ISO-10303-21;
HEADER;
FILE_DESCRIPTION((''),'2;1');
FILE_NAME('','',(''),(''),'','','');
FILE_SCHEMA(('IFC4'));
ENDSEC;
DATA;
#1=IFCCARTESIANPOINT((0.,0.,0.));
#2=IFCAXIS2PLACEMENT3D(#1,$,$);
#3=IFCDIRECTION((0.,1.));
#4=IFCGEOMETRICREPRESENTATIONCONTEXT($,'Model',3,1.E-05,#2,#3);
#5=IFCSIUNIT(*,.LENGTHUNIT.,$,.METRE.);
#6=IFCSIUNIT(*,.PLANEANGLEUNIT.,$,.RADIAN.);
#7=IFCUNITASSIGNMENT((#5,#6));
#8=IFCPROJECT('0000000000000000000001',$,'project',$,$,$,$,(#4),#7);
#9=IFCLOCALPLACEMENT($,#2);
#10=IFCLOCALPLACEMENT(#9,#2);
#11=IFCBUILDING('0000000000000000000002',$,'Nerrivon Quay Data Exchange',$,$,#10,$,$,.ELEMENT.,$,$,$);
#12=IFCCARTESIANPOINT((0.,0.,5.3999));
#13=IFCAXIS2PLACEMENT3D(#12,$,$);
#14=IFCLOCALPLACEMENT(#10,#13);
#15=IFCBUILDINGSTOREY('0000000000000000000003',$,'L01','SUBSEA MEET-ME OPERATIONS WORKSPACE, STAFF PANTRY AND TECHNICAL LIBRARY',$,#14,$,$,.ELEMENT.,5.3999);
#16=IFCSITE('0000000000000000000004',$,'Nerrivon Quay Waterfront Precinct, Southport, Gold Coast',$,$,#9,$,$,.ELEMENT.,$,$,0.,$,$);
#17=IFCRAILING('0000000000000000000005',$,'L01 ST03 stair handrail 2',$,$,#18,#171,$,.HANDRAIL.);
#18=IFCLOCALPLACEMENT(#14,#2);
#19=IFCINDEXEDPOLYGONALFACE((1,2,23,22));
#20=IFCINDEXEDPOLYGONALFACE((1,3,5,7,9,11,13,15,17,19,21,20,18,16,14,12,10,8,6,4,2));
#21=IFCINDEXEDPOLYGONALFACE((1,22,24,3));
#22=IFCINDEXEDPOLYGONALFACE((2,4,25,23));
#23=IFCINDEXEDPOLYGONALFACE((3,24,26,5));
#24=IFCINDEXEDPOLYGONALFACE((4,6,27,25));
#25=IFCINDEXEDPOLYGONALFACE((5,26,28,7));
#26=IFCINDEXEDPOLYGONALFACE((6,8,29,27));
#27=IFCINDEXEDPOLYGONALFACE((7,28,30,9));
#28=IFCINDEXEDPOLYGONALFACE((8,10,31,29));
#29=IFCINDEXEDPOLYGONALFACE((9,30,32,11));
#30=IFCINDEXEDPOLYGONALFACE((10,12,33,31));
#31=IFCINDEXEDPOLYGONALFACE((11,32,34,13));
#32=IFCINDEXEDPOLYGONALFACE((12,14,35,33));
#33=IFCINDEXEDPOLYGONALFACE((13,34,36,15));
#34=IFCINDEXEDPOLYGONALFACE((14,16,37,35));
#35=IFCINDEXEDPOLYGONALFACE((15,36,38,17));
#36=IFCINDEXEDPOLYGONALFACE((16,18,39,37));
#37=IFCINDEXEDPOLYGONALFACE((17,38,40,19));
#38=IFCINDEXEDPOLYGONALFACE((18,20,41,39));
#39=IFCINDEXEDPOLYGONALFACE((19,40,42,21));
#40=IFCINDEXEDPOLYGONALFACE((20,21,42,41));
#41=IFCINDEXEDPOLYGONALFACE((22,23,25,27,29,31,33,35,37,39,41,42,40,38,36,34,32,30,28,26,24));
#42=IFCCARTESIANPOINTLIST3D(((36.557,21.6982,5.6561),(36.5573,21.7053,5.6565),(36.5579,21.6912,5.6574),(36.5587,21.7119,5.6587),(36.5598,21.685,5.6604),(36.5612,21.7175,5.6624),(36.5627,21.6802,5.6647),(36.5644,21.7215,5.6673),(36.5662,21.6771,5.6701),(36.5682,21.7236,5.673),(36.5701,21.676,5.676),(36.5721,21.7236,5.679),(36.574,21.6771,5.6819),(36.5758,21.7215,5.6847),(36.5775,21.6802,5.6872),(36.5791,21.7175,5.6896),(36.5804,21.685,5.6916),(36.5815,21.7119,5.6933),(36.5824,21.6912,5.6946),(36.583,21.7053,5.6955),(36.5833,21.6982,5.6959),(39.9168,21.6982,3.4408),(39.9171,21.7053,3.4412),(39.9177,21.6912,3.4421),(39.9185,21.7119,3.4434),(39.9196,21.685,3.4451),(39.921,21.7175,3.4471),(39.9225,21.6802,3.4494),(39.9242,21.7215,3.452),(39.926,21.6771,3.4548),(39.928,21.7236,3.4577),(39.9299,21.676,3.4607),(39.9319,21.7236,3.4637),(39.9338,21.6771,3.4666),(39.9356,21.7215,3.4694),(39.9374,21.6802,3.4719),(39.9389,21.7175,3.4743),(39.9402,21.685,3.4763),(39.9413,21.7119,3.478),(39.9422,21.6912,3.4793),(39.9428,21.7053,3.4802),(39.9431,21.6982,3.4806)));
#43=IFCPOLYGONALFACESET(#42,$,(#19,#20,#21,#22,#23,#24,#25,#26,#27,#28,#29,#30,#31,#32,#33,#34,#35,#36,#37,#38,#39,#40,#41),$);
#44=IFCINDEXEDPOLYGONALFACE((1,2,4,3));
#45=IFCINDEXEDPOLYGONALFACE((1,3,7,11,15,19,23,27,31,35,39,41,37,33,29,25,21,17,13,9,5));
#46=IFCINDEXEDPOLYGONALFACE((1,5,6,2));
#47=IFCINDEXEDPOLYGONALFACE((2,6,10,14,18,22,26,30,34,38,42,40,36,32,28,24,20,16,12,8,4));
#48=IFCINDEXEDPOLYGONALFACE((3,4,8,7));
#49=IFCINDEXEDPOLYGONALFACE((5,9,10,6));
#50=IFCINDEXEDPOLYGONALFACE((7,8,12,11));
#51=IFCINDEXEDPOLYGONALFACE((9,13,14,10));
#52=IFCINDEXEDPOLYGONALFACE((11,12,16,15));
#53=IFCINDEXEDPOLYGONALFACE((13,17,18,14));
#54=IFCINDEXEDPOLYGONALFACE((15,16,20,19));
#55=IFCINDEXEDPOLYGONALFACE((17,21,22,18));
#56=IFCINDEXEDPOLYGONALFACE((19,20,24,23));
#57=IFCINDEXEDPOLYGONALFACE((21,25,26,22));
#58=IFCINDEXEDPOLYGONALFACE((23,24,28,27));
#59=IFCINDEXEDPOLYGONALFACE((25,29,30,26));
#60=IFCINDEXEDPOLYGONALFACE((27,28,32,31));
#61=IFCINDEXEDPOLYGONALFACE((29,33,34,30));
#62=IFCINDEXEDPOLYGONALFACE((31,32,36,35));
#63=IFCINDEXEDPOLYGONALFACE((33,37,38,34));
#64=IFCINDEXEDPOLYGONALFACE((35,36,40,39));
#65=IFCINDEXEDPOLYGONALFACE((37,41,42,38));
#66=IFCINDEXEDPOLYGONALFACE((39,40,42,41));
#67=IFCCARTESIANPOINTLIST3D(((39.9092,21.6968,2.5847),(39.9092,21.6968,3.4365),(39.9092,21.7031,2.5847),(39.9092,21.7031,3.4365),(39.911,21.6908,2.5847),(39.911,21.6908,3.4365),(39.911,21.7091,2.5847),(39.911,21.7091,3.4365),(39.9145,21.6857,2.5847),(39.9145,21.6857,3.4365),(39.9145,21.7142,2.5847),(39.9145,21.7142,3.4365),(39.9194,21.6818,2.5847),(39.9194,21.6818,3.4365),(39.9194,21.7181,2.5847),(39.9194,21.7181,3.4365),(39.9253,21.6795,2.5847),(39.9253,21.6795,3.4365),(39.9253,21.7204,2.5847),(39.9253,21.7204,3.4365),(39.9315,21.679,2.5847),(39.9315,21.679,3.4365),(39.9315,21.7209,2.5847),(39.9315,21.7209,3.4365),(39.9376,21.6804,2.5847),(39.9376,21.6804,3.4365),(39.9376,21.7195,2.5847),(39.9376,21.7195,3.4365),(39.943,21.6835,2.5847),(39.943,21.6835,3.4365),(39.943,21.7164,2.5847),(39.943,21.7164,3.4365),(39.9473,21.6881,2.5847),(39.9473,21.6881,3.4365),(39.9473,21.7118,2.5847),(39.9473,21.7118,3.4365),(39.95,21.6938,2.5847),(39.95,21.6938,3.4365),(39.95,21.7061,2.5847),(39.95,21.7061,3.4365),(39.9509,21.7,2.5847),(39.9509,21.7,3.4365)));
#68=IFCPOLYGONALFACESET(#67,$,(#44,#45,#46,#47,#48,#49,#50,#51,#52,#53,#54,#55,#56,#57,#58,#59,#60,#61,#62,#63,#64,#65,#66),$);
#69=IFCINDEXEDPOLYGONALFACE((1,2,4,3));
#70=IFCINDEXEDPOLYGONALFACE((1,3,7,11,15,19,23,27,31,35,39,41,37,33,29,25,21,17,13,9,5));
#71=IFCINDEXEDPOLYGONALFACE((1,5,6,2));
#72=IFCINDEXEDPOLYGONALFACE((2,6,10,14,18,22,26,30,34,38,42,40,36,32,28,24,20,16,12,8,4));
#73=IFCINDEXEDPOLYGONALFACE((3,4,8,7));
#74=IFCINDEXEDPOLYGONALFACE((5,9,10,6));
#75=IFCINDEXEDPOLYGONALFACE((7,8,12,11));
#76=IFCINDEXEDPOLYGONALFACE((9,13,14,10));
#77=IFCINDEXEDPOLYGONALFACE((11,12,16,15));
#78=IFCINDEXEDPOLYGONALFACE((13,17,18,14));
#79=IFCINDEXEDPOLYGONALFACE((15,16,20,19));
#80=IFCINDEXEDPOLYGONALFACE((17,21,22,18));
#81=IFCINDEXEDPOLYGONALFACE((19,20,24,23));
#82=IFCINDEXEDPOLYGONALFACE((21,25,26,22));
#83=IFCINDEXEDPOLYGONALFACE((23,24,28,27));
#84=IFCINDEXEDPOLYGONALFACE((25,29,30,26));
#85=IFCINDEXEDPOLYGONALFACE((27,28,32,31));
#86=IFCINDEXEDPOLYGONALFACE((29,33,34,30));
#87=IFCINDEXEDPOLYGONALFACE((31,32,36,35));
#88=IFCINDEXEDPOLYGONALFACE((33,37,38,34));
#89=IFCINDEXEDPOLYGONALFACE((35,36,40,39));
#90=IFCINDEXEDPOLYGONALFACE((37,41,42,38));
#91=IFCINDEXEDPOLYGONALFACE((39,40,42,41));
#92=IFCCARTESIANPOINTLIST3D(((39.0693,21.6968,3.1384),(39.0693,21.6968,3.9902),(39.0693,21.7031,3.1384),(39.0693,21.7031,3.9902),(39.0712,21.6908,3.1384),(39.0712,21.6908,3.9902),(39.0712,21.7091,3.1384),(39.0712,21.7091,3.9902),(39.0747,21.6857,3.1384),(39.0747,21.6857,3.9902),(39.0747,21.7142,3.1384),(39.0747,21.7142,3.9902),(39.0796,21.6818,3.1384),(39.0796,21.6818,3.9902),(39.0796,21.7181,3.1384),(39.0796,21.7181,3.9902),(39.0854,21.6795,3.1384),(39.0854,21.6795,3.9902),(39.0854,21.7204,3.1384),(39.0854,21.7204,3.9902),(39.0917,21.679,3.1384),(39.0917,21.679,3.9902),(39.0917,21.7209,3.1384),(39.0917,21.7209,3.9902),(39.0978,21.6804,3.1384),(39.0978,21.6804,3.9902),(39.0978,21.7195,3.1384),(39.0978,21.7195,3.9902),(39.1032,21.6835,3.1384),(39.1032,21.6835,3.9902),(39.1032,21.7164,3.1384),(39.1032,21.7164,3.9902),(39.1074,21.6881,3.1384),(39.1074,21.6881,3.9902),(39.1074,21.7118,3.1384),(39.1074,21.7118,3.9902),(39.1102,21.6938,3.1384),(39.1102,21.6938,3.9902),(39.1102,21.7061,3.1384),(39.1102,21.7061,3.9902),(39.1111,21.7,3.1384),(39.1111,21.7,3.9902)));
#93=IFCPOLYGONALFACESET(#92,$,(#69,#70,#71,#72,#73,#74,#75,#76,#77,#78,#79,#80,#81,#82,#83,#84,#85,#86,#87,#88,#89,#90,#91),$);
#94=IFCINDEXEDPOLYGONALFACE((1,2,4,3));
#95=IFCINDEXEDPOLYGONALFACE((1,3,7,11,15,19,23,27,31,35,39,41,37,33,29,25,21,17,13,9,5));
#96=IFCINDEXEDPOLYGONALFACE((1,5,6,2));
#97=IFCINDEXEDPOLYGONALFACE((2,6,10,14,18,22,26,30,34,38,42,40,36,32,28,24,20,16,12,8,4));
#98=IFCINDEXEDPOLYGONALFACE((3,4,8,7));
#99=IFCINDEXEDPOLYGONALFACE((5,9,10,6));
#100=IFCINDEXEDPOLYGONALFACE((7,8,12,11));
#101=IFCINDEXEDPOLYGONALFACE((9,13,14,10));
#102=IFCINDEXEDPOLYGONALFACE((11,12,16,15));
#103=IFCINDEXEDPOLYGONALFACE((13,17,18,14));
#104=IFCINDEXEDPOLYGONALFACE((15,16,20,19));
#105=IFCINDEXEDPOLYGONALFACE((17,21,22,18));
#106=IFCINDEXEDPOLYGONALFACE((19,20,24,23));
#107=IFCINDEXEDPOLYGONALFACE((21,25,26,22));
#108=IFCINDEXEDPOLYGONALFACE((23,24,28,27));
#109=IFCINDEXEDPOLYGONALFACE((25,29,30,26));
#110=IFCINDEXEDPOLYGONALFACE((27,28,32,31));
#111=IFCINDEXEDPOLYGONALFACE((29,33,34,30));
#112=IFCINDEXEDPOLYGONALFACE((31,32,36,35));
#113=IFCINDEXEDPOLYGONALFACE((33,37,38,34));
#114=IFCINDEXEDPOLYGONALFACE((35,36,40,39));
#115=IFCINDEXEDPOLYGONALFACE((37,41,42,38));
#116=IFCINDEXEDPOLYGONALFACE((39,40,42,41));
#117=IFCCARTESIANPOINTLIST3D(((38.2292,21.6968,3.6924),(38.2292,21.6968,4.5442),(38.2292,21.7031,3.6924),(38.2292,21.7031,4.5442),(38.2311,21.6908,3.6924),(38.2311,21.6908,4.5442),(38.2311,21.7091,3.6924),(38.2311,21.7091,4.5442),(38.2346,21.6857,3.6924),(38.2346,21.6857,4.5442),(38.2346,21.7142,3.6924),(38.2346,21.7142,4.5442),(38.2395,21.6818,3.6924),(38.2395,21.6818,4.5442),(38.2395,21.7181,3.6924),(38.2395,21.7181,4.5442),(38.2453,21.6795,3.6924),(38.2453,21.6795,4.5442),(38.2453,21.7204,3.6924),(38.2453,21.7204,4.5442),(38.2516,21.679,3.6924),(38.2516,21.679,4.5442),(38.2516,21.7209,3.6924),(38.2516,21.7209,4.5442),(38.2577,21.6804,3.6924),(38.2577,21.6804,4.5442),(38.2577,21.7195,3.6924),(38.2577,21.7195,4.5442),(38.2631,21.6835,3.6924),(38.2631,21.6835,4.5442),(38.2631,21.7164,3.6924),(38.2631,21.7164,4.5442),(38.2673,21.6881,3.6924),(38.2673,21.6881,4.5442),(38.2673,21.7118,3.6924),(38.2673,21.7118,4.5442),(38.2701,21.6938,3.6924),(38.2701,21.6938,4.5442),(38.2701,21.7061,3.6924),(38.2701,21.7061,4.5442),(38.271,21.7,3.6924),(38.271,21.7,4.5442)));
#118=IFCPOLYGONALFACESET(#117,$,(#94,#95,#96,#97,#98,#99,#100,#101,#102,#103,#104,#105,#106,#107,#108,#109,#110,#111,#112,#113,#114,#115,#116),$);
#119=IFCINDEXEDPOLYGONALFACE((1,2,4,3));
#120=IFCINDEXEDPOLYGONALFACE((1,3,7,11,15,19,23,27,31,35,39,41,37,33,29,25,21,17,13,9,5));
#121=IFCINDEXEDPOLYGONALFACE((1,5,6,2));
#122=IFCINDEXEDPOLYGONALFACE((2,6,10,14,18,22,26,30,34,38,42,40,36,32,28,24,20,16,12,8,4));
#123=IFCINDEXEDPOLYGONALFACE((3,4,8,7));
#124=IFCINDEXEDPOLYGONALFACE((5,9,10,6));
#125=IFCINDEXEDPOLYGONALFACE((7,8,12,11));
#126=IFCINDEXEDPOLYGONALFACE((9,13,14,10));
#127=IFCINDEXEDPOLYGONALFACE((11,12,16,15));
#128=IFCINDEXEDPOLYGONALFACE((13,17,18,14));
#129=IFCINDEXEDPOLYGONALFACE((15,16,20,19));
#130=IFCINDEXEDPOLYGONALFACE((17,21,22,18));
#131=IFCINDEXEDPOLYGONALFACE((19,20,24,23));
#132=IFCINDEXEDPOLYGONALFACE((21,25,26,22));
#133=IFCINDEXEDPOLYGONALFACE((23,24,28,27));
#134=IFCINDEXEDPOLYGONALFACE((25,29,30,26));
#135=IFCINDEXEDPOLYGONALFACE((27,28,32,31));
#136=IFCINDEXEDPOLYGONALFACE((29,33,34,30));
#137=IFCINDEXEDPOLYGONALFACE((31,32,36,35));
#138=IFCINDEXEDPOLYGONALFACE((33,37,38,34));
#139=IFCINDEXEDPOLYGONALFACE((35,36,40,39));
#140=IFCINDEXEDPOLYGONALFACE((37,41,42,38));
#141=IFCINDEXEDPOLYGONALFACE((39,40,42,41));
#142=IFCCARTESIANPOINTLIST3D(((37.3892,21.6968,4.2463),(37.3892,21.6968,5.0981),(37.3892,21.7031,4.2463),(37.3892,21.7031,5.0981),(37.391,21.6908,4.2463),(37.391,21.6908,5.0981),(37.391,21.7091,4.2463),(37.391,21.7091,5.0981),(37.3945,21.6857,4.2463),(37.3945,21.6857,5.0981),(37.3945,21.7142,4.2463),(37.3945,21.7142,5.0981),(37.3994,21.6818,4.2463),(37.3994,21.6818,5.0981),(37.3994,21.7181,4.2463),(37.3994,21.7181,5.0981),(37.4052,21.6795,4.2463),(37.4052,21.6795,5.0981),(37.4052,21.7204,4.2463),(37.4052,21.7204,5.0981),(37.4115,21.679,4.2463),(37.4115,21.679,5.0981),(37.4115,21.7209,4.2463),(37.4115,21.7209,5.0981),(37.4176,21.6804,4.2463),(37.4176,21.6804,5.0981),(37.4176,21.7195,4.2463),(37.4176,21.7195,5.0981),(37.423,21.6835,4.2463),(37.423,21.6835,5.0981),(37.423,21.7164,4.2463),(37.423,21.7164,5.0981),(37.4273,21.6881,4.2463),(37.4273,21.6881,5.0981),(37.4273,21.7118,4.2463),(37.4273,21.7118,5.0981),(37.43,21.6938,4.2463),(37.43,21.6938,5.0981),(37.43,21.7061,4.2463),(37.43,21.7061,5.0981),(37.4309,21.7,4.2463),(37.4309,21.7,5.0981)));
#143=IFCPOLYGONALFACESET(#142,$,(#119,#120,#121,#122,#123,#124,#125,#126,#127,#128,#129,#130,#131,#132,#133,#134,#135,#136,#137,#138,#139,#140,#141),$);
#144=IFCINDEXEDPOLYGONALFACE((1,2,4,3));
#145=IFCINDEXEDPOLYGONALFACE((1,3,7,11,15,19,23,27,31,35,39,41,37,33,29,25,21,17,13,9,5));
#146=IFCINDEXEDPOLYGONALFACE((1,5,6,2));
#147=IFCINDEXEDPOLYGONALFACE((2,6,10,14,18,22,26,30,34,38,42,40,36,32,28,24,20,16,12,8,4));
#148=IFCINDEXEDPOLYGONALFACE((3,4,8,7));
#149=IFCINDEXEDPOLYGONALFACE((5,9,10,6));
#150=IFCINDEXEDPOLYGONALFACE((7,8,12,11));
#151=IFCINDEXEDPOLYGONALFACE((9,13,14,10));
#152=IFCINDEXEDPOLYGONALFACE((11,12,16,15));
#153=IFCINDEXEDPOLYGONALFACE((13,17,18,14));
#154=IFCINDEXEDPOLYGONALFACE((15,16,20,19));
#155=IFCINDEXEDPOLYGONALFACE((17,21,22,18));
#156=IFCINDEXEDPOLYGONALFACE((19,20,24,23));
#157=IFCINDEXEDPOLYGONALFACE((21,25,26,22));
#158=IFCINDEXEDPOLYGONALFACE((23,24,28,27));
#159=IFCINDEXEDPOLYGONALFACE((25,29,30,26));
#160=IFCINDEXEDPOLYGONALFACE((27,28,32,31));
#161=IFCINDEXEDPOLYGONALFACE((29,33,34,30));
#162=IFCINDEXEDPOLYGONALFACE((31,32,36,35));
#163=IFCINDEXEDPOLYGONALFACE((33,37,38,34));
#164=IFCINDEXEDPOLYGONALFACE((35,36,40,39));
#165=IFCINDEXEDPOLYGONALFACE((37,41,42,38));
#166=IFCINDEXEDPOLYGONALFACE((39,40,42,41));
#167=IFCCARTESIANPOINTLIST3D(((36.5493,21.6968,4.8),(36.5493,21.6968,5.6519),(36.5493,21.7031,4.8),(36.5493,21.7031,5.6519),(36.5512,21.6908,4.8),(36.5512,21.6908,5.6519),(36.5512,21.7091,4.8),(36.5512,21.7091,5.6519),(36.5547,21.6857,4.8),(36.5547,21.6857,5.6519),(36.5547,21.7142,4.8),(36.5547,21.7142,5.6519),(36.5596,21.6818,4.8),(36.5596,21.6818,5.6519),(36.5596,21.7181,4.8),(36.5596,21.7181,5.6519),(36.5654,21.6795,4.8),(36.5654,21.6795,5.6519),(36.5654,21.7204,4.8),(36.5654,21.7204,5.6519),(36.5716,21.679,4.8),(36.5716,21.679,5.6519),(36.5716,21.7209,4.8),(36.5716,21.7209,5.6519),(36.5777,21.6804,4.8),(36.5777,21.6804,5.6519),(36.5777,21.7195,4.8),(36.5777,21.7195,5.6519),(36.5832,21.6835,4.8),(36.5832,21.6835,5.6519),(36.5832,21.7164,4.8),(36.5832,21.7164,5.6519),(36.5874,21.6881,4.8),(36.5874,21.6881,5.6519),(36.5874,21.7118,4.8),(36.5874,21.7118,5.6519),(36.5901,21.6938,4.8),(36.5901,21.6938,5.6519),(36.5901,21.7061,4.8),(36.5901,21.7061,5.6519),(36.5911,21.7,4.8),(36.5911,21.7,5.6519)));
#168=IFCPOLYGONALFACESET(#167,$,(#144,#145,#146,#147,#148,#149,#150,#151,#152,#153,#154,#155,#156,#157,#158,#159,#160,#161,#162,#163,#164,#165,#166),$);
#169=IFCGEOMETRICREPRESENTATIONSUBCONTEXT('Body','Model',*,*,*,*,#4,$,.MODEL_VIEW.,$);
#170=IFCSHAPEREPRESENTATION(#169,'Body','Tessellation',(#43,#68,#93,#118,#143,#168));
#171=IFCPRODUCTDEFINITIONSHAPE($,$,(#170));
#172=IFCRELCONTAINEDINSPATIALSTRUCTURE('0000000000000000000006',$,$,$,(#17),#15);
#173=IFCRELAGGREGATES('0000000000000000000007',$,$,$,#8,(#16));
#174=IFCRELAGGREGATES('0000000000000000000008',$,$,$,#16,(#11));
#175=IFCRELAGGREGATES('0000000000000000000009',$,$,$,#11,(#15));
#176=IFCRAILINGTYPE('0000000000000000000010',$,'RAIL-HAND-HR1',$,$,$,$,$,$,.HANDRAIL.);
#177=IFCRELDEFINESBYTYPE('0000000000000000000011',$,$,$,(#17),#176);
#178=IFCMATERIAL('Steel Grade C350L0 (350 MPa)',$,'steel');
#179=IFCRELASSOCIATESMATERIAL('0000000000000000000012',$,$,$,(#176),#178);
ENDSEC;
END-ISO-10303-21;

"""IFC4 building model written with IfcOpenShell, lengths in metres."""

from ifc_helpers import new_model, si_unit, direction, frame, origin, origin_2d, place, context, subcontext, project, spatial, circle, extrude, material, type_object, element, save


model = new_model("IFC4")

# Units and contexts
model_context = context("Model", 3, precision=1e-05, world=origin(), true_north=direction((0.0, 1.0)))
body_context = subcontext(model_context, "Body", "Model", "MODEL_VIEW")
ifc_project = project(units=[si_unit("LENGTHUNIT", "METRE"), si_unit("PLANEANGLEUNIT", "RADIAN")], contexts=[model_context])

# Site, building, storey
site_placement = place(None, origin())
site = spatial("IfcSite", under=ifc_project, at=site_placement, Name="Nerrivon Quay Waterfront Precinct, Southport, Gold Coast", CompositionType="ELEMENT", RefElevation=0.0)
building_placement = place(site_placement, origin())
building = spatial("IfcBuilding", under=site, at=building_placement, Name="Nerrivon Quay Data Exchange", CompositionType="ELEMENT")
storey_placement = place(building_placement, frame((0.0, 0.0, 5.3999)))
storey = spatial("IfcBuildingStorey", under=building, at=storey_placement, Name="L01", Description="SUBSEA MEET-ME OPERATIONS WORKSPACE, STAFF PANTRY AND TECHNICAL LIBRARY", CompositionType="ELEMENT", Elevation=5.3999)

# Railing
ifc_material_1 = material(Name="Steel Grade C350L0 (350 MPa)", Category="steel")
railing_type_1 = type_object("IfcRailingType", Name="RAIL-HAND-HR1", PredefinedType="HANDRAIL", material=ifc_material_1)
railing_1_placement = place(storey_placement, frame((39.9299, 21.7, 2.5847)))
element("IfcRailing", 1, at=railing_1_placement, inside=storey, type_object=railing_type_1, Name="L01 ST03 stair handrail 2", PredefinedType="HANDRAIL", context=body_context, shape_type="SweptSolid", body=[
    extrude(circle(Radius=0.0239, at=origin_2d()), frame((0.0, 0.0, 0.876), z_axis=(-0.834858, 0.0, 0.550465), x_axis=(0.0, -1.0, 0.0)), (0.0, 0.0, 1.0), 4.0244),
    extrude(circle(Radius=0.021, at=origin_2d()), origin(), (0.0, 0.0, 1.0), 0.8518),
    extrude(circle(Radius=0.021, at=origin_2d()), frame((-0.8398, 0.0, 0.5537)), (0.0, 0.0, 1.0), 0.8518),
    extrude(circle(Radius=0.021, at=origin_2d()), frame((-1.6799, 0.0, 1.1077)), (0.0, 0.0, 1.0), 0.8518),
    extrude(circle(Radius=0.021, at=origin_2d()), frame((-2.52, 0.0, 1.6616)), (0.0, 0.0, 1.0), 0.8518),
    extrude(circle(Radius=0.021, at=origin_2d()), frame((-3.3599, 0.0, 2.2153)), (0.0, 0.0, 1.0), 0.8518),
])

save(model, "model.ifc")
